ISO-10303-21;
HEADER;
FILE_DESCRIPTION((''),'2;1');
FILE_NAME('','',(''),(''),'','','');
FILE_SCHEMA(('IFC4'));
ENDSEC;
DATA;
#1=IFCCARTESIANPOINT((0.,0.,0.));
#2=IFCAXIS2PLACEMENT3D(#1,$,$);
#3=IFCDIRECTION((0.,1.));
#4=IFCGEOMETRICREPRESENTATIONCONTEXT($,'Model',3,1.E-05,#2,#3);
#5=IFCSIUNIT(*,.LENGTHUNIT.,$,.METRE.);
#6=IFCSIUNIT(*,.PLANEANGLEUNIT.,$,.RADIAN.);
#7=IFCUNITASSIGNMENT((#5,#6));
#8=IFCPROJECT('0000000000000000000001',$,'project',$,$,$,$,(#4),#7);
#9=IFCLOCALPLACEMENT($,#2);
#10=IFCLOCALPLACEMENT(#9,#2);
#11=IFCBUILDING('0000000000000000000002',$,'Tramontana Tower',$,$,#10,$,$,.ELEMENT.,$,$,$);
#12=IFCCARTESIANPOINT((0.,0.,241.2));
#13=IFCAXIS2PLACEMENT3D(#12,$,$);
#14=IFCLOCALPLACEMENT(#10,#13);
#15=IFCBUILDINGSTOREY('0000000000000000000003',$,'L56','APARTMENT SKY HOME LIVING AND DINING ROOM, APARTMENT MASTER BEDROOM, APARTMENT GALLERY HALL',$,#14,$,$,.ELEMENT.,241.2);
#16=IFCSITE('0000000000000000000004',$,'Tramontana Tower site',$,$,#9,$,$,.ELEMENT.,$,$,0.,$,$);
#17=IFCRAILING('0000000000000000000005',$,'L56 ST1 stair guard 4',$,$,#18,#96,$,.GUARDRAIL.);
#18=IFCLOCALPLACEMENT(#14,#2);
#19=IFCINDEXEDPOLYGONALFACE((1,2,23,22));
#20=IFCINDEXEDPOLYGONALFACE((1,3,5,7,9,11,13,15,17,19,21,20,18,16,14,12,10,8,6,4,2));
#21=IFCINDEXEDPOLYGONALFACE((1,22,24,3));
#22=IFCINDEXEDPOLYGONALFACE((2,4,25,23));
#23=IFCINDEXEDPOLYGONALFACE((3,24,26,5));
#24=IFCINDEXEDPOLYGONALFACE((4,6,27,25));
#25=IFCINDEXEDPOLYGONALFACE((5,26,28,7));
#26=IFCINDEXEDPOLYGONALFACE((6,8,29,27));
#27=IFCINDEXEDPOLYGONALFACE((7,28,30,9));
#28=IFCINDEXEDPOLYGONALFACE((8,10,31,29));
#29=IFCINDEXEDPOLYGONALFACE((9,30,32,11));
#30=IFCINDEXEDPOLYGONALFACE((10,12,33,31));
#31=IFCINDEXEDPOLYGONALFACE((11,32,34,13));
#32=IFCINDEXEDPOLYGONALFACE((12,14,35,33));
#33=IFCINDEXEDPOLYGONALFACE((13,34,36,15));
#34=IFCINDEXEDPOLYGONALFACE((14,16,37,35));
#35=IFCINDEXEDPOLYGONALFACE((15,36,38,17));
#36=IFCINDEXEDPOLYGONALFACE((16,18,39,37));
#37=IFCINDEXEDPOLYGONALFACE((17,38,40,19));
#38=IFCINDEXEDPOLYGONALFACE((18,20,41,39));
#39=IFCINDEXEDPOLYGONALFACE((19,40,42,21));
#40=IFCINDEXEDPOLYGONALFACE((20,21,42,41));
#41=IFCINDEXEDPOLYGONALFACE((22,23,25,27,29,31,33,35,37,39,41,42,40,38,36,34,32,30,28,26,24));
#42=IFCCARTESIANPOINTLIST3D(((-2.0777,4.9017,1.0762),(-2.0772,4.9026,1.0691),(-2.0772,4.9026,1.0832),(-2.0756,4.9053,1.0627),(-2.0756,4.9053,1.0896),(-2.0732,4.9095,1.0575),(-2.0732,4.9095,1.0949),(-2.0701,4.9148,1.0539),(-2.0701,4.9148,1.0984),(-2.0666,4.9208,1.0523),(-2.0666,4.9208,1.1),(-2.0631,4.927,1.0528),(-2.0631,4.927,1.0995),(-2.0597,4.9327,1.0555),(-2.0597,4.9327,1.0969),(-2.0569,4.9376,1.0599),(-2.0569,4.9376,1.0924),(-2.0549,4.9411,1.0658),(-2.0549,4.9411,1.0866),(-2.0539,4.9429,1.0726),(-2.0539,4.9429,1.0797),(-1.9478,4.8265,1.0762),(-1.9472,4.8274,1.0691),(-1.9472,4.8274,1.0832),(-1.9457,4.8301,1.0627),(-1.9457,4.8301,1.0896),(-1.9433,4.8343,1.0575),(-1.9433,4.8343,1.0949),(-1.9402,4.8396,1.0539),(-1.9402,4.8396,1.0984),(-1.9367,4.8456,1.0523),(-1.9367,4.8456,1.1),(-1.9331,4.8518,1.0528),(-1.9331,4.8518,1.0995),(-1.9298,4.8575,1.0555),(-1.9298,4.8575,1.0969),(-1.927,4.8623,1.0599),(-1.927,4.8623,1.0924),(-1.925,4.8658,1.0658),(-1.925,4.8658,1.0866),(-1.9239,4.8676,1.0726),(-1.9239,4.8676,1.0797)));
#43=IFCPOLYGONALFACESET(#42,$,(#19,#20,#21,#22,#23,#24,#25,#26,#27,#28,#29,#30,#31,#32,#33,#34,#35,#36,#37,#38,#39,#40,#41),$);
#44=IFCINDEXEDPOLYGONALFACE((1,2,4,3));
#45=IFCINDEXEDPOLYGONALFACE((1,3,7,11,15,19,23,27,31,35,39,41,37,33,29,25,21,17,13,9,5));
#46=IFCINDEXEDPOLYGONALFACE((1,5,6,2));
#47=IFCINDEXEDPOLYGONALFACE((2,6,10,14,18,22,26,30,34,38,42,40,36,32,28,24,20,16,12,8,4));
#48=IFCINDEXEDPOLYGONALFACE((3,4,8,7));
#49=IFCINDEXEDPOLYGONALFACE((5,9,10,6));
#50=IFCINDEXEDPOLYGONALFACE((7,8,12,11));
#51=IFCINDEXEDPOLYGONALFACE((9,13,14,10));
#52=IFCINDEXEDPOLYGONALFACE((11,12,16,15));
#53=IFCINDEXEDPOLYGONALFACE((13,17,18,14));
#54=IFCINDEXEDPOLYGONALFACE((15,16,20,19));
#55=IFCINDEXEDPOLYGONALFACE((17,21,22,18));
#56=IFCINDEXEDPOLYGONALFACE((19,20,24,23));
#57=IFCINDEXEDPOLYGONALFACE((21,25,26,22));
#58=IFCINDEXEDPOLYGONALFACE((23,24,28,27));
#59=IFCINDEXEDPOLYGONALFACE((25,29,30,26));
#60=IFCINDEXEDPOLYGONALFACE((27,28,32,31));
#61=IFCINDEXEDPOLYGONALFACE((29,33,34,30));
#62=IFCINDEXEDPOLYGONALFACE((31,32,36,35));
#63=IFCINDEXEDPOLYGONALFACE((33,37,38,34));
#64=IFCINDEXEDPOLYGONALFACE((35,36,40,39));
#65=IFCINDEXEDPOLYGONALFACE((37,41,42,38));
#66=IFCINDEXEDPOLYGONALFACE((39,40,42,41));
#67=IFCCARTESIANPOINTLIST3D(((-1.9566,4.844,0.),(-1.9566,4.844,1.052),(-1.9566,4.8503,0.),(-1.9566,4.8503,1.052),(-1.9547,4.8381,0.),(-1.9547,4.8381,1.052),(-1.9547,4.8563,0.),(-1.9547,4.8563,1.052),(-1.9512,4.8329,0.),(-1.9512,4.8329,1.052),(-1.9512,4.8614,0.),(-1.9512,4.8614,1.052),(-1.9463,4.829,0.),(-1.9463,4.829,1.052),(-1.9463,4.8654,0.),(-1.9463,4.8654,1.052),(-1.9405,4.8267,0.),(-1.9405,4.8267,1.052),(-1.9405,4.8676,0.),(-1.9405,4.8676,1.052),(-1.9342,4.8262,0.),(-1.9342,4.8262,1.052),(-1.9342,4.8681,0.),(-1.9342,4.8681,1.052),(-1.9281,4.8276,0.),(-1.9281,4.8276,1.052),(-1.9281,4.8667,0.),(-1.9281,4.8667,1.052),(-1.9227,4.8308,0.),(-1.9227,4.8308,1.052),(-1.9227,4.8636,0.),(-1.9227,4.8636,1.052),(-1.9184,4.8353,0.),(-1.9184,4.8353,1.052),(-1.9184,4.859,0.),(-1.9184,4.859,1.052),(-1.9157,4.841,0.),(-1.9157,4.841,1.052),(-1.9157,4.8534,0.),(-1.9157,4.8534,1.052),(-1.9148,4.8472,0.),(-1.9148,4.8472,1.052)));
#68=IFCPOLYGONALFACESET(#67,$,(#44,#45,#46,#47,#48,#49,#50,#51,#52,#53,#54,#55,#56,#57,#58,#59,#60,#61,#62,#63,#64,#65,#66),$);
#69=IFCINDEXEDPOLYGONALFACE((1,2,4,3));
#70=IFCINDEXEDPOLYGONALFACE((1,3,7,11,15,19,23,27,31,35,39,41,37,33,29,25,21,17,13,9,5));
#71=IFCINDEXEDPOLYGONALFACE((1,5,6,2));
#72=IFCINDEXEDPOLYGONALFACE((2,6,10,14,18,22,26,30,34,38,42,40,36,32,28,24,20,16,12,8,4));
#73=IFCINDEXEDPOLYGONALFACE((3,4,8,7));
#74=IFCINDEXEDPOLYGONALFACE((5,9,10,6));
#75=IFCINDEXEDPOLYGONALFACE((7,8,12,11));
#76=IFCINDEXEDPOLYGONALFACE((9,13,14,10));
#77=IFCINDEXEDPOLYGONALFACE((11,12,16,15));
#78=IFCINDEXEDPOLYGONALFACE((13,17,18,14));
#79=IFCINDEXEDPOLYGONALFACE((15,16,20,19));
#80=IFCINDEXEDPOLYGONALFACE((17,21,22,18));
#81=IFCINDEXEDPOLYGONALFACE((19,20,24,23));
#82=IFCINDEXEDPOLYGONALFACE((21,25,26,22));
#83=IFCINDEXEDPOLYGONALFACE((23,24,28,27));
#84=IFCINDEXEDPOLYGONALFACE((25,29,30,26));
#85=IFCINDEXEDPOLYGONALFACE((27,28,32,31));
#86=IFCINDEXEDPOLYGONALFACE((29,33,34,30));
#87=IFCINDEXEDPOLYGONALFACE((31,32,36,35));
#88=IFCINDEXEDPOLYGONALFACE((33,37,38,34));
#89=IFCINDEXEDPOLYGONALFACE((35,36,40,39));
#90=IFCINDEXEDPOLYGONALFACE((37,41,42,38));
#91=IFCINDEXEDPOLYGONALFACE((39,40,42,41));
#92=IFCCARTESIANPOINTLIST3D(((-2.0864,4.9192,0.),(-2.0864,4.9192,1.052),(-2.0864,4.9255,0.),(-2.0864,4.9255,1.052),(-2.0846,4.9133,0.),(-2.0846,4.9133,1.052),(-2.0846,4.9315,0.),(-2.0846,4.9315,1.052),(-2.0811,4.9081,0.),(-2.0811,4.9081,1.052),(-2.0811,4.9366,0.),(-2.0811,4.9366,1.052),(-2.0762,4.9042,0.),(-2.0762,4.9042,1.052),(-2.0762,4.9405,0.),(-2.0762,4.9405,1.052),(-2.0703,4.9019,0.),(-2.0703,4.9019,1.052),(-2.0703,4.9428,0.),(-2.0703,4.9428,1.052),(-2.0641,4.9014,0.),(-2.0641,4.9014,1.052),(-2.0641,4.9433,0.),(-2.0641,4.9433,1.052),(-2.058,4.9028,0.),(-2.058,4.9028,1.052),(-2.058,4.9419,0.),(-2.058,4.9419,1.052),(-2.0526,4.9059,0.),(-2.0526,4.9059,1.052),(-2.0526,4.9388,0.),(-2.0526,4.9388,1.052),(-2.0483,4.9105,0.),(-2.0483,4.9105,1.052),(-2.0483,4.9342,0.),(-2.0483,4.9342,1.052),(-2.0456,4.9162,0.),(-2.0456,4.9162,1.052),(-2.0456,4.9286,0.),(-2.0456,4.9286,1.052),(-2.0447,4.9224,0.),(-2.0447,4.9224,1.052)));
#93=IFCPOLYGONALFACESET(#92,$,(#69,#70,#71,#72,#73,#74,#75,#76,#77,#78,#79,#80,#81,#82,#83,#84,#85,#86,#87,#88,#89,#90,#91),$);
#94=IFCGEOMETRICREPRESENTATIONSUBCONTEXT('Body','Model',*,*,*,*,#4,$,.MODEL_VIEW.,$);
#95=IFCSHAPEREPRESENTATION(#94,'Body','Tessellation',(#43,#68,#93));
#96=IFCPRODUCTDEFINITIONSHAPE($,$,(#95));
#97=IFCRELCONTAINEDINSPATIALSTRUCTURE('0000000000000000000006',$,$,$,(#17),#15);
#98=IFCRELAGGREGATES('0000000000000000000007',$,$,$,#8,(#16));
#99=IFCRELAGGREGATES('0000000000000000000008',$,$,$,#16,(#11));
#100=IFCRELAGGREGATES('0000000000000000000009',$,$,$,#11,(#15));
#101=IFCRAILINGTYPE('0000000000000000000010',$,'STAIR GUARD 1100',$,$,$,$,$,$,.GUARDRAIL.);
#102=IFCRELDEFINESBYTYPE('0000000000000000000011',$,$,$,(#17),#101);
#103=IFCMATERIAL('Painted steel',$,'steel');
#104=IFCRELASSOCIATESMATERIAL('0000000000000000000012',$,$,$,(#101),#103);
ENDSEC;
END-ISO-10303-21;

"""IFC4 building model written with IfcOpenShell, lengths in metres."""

from ifc_helpers import new_model, si_unit, direction, frame, origin, origin_2d, place, context, subcontext, project, spatial, circle, extrude, material, type_object, element, save


model = new_model("IFC4")

# Units and contexts
model_context = context("Model", 3, precision=1e-05, world=origin(), true_north=direction((0.0, 1.0)))
body_context = subcontext(model_context, "Body", "Model", "MODEL_VIEW")
ifc_project = project(units=[si_unit("LENGTHUNIT", "METRE"), si_unit("PLANEANGLEUNIT", "RADIAN")], contexts=[model_context])

# Site, building, storey
site_placement = place(None, origin())
site = spatial("IfcSite", under=ifc_project, at=site_placement, Name="Tramontana Tower site", CompositionType="ELEMENT", RefElevation=0.0)
building_placement = place(site_placement, origin())
building = spatial("IfcBuilding", under=site, at=building_placement, Name="Tramontana Tower", CompositionType="ELEMENT")
storey_placement = place(building_placement, frame((0.0, 0.0, 241.2)))
storey = spatial("IfcBuildingStorey", under=building, at=storey_placement, Name="L56", Description="APARTMENT SKY HOME LIVING AND DINING ROOM, APARTMENT MASTER BEDROOM, APARTMENT GALLERY HALL", CompositionType="ELEMENT", Elevation=241.2)

# Railing
ifc_material_1 = material(Name="Painted steel", Category="steel")
railing_type_1 = type_object("IfcRailingType", Name="STAIR GUARD 1100", PredefinedType="GUARDRAIL", material=ifc_material_1)
railing_1_placement = place(storey_placement, frame((-1.9358, 4.8472, 0.0)))
element("IfcRailing", 1, at=railing_1_placement, inside=storey, type_object=railing_type_1, Name="L56 ST1 stair guard 4", PredefinedType="GUARDRAIL", context=body_context, shape_type="SweptSolid", body=[
    extrude(circle(Radius=0.0239, at=origin_2d()), frame((0.0, 0.0, 1.0762), z_axis=(-0.865426, 0.501036, 0.0), x_axis=(-0.501036, -0.865426, 0.0)), (0.0, 0.0, 1.0), 0.1501),
    extrude(circle(Radius=0.021, at=origin_2d()), origin(), (0.0, 0.0, 1.0), 1.052),
    extrude(circle(Radius=0.021, at=origin_2d()), frame((-0.1299, 0.0752, 0.0)), (0.0, 0.0, 1.0), 1.052),
])

save(model, "model.ifc")
